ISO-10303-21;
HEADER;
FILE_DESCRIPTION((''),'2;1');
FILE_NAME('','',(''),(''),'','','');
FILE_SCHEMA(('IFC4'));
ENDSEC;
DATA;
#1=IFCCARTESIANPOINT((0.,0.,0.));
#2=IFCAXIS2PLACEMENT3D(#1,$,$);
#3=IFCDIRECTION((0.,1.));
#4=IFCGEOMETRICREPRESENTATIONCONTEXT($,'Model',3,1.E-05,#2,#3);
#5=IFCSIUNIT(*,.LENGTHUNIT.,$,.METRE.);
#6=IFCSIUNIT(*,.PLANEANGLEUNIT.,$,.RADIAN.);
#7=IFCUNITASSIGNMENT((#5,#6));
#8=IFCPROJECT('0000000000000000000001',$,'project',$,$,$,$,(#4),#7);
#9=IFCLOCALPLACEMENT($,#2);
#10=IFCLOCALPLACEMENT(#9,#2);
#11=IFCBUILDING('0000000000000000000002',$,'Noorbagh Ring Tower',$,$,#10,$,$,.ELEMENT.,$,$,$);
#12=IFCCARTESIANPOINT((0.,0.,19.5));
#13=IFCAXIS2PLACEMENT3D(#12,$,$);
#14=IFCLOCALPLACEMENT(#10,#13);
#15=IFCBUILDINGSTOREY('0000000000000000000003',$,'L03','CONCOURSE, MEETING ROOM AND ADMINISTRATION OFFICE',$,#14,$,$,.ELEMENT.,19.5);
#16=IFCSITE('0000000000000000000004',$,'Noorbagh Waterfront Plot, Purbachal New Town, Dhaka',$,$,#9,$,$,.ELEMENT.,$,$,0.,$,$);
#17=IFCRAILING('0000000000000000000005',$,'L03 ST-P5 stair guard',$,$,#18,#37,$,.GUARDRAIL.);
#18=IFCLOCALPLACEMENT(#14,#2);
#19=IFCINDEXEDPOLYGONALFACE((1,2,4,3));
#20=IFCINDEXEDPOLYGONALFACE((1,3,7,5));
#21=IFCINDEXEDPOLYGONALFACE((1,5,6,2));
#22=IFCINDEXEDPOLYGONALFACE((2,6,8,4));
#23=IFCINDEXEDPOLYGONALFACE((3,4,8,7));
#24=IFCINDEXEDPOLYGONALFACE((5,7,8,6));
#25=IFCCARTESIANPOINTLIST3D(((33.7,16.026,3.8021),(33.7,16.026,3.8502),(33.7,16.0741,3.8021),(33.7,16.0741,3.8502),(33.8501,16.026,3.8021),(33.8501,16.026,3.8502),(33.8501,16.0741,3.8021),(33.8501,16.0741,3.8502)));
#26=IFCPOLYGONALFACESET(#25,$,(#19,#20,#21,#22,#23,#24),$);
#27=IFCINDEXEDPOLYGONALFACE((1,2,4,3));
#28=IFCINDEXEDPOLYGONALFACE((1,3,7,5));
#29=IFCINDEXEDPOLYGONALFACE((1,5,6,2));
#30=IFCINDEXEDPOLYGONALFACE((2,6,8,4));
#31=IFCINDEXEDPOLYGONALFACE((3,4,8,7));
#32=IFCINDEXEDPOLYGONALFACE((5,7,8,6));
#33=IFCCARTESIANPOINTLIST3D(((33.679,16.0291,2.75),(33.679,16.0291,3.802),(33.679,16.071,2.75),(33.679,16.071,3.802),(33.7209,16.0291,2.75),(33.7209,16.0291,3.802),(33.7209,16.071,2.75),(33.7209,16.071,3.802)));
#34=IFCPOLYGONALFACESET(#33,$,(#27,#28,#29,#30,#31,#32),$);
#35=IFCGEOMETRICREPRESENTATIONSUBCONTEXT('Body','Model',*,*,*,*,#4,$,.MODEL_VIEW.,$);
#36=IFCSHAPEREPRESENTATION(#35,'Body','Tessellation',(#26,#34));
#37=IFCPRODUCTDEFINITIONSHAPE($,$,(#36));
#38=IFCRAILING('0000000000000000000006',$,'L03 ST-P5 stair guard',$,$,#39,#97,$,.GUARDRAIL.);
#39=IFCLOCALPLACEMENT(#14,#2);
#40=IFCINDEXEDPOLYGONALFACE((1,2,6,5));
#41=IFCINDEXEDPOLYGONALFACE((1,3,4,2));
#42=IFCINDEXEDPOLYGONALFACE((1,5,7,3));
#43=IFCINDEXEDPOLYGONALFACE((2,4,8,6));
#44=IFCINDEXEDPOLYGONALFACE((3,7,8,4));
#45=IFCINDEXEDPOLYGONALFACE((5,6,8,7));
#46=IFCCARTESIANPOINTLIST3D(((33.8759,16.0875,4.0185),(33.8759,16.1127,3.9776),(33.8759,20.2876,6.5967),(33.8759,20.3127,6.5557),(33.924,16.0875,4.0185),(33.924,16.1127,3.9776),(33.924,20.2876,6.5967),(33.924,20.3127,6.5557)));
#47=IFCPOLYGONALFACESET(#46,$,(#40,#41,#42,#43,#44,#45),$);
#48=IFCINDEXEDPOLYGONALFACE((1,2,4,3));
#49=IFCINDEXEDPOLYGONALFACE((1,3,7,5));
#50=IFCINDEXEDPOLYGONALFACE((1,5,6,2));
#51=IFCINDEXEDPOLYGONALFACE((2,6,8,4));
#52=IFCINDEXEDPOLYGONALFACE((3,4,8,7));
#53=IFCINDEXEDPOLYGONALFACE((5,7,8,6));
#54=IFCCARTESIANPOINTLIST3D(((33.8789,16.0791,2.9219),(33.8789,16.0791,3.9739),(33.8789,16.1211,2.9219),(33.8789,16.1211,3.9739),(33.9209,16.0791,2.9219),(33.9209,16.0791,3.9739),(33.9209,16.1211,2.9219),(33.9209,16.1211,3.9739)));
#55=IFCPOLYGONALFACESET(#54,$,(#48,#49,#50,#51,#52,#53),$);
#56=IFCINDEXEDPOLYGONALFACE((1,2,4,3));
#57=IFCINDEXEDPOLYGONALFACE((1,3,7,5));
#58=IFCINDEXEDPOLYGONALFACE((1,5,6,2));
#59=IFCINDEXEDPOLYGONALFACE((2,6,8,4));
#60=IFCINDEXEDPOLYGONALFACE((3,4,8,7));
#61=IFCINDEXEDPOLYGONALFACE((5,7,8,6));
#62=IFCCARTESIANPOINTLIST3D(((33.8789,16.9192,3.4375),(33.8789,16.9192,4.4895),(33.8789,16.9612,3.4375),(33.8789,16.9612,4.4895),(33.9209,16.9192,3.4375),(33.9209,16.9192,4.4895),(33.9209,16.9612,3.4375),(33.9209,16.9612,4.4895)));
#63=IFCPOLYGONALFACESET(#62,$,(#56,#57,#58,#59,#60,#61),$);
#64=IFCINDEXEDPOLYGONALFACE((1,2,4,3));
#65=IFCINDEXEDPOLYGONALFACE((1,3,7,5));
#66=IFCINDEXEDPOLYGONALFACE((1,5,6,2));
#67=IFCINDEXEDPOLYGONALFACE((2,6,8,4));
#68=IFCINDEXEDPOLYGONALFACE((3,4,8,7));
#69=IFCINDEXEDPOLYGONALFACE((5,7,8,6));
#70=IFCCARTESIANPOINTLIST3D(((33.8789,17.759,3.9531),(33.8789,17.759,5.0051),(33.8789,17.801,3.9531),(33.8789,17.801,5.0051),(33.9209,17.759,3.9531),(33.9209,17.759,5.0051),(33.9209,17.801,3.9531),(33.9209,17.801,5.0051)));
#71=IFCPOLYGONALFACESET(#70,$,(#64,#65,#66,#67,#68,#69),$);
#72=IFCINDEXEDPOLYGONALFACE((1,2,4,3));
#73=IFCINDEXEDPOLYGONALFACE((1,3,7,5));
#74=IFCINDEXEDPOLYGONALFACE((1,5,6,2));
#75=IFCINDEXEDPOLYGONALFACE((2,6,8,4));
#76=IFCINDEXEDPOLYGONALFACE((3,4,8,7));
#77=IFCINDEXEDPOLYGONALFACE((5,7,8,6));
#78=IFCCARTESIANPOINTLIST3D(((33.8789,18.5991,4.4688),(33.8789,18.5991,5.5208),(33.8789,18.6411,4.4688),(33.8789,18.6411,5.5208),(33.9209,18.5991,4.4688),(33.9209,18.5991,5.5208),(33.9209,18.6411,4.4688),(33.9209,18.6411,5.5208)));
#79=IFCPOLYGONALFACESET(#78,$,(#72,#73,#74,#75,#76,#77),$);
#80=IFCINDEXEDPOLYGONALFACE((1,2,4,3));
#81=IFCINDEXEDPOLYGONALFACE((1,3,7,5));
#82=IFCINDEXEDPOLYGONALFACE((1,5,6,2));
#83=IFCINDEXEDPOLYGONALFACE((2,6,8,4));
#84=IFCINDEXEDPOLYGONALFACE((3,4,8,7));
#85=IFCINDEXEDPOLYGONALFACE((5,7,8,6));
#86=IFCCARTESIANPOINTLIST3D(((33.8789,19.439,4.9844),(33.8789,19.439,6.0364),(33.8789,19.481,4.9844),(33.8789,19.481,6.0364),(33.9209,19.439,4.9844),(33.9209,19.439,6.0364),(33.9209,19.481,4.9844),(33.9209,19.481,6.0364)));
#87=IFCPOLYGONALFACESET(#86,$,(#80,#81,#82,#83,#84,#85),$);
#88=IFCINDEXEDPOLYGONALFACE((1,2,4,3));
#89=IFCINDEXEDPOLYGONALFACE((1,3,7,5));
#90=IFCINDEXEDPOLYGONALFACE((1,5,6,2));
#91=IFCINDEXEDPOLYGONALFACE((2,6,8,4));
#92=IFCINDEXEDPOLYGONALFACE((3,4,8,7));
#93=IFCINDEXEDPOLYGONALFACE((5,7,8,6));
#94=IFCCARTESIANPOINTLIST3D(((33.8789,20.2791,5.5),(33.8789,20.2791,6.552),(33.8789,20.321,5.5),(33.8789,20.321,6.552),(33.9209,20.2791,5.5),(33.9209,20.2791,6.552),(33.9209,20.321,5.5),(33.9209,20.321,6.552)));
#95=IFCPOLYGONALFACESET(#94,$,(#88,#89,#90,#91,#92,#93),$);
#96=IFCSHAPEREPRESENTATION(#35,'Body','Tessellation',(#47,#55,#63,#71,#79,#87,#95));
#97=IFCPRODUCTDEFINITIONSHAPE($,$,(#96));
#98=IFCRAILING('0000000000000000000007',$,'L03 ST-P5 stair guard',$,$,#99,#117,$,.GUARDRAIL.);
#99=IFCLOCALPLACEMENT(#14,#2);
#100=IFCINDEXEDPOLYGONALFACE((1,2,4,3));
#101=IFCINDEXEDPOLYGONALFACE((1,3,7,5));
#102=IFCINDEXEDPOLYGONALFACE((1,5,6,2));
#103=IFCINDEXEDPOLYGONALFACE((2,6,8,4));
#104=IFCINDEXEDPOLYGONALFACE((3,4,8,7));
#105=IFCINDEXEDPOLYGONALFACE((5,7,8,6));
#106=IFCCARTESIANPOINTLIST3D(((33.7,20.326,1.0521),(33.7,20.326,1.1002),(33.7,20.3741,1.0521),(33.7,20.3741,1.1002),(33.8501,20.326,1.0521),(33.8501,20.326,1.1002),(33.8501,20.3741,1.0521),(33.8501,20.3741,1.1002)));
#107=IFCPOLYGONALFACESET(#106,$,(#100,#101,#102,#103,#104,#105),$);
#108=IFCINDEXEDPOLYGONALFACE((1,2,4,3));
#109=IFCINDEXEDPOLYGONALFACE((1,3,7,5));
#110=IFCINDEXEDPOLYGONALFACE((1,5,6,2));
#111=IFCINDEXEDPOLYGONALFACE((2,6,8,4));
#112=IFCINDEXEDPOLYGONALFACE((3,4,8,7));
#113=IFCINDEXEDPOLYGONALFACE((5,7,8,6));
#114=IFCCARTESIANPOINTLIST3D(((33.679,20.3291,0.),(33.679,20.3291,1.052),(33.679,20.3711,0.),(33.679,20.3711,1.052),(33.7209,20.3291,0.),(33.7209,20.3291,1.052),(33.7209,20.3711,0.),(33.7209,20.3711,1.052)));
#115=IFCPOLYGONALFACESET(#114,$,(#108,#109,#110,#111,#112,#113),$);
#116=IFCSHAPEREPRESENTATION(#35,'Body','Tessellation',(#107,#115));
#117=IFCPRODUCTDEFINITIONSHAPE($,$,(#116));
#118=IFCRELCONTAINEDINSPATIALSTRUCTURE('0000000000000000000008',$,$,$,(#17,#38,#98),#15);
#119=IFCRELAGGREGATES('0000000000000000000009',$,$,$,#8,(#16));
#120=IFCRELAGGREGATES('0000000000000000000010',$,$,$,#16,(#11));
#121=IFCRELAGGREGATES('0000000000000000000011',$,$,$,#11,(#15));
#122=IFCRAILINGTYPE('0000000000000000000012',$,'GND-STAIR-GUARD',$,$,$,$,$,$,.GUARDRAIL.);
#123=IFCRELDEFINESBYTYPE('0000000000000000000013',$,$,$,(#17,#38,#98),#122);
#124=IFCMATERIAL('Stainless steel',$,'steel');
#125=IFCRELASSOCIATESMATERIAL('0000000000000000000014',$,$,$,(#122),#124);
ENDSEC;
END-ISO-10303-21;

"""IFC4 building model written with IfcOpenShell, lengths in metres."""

from ifc_helpers import new_model, si_unit, direction, frame, origin, origin_2d, place, context, subcontext, project, spatial, rectangle, extrude, material, type_object, element, save


model = new_model("IFC4")

# Units and contexts
model_context = context("Model", 3, precision=1e-05, world=origin(), true_north=direction((0.0, 1.0)))
body_context = subcontext(model_context, "Body", "Model", "MODEL_VIEW")
ifc_project = project(units=[si_unit("LENGTHUNIT", "METRE"), si_unit("PLANEANGLEUNIT", "RADIAN")], contexts=[model_context])

# Site, building, storey
site_placement = place(None, origin())
site = spatial("IfcSite", under=ifc_project, at=site_placement, Name="Noorbagh Waterfront Plot, Purbachal New Town, Dhaka", CompositionType="ELEMENT", RefElevation=0.0)
building_placement = place(site_placement, origin())
building = spatial("IfcBuilding", under=site, at=building_placement, Name="Noorbagh Ring Tower", CompositionType="ELEMENT")
storey_placement = place(building_placement, frame((0.0, 0.0, 19.5)))
storey = spatial("IfcBuildingStorey", under=building, at=storey_placement, Name="L03", Description="CONCOURSE, MEETING ROOM AND ADMINISTRATION OFFICE", CompositionType="ELEMENT", Elevation=19.5)

# Railings
ifc_material_1 = material(Name="Stainless steel", Category="steel")
railing_type_1 = type_object("IfcRailingType", Name="GND-STAIR-GUARD", PredefinedType="GUARDRAIL", material=ifc_material_1)
railing_1_placement = place(storey_placement, frame((33.7, 16.05, 2.75)))
element("IfcRailing", 1, at=railing_1_placement, inside=storey, type_object=railing_type_1, Name="L03 ST-P5 stair guard", PredefinedType="GUARDRAIL", context=body_context, shape_type="SweptSolid", body=[
    extrude(rectangle(XDim=0.0481, YDim=0.0481, at=origin_2d()), frame((0.0, 0.0, 1.0762), z_axis=(1.0, 0.0, 0.0), x_axis=(0.0, 1.0, 0.0)), (0.0, 0.0, 1.0), 0.1501),
    extrude(rectangle(XDim=0.042, YDim=0.042, at=origin_2d()), origin(), (0.0, 0.0, 1.0), 1.052),
])
railing_2_placement = place(storey_placement, frame((33.8999, 16.1001, 2.9219)))
element("IfcRailing", 2, at=railing_2_placement, inside=storey, type_object=railing_type_1, Name="L03 ST-P5 stair guard", PredefinedType="GUARDRAIL", context=body_context, shape_type="SweptSolid", body=[
    extrude(rectangle(XDim=0.0481, YDim=0.0481, at=origin_2d()), frame((0.0, 0.0, 1.0762), z_axis=(0.0, 0.852243, 0.523146), x_axis=(-1.0, 0.0, 0.0)), (0.0, 0.0, 1.0), 4.9282),
    extrude(rectangle(XDim=0.042, YDim=0.042, at=origin_2d()), origin(), (0.0, 0.0, 1.0), 1.052),
    extrude(rectangle(XDim=0.042, YDim=0.042, at=origin_2d()), frame((0.0, 0.8401, 0.5156)), (0.0, 0.0, 1.0), 1.052),
    extrude(rectangle(XDim=0.042, YDim=0.042, at=origin_2d()), frame((0.0, 1.6799, 1.0312)), (0.0, 0.0, 1.0), 1.052),
    extrude(rectangle(XDim=0.042, YDim=0.042, at=origin_2d()), frame((0.0, 2.52, 1.5469)), (0.0, 0.0, 1.0), 1.052),
    extrude(rectangle(XDim=0.042, YDim=0.042, at=origin_2d()), frame((0.0, 3.3599, 2.0625)), (0.0, 0.0, 1.0), 1.052),
    extrude(rectangle(XDim=0.042, YDim=0.042, at=origin_2d()), frame((0.0, 4.2, 2.5781)), (0.0, 0.0, 1.0), 1.052),
])
railing_3_placement = place(storey_placement, frame((33.7, 20.3501, 0.0)))
element("IfcRailing", 3, at=railing_3_placement, inside=storey, type_object=railing_type_1, Name="L03 ST-P5 stair guard", PredefinedType="GUARDRAIL", context=body_context, shape_type="SweptSolid", body=[
    extrude(rectangle(XDim=0.0481, YDim=0.0481, at=origin_2d()), frame((0.0, 0.0, 1.0762), z_axis=(1.0, 0.0, 0.0), x_axis=(0.0, 1.0, 0.0)), (0.0, 0.0, 1.0), 0.1501),
    extrude(rectangle(XDim=0.042, YDim=0.042, at=origin_2d()), origin(), (0.0, 0.0, 1.0), 1.052),
])

save(model, "model.ifc")
